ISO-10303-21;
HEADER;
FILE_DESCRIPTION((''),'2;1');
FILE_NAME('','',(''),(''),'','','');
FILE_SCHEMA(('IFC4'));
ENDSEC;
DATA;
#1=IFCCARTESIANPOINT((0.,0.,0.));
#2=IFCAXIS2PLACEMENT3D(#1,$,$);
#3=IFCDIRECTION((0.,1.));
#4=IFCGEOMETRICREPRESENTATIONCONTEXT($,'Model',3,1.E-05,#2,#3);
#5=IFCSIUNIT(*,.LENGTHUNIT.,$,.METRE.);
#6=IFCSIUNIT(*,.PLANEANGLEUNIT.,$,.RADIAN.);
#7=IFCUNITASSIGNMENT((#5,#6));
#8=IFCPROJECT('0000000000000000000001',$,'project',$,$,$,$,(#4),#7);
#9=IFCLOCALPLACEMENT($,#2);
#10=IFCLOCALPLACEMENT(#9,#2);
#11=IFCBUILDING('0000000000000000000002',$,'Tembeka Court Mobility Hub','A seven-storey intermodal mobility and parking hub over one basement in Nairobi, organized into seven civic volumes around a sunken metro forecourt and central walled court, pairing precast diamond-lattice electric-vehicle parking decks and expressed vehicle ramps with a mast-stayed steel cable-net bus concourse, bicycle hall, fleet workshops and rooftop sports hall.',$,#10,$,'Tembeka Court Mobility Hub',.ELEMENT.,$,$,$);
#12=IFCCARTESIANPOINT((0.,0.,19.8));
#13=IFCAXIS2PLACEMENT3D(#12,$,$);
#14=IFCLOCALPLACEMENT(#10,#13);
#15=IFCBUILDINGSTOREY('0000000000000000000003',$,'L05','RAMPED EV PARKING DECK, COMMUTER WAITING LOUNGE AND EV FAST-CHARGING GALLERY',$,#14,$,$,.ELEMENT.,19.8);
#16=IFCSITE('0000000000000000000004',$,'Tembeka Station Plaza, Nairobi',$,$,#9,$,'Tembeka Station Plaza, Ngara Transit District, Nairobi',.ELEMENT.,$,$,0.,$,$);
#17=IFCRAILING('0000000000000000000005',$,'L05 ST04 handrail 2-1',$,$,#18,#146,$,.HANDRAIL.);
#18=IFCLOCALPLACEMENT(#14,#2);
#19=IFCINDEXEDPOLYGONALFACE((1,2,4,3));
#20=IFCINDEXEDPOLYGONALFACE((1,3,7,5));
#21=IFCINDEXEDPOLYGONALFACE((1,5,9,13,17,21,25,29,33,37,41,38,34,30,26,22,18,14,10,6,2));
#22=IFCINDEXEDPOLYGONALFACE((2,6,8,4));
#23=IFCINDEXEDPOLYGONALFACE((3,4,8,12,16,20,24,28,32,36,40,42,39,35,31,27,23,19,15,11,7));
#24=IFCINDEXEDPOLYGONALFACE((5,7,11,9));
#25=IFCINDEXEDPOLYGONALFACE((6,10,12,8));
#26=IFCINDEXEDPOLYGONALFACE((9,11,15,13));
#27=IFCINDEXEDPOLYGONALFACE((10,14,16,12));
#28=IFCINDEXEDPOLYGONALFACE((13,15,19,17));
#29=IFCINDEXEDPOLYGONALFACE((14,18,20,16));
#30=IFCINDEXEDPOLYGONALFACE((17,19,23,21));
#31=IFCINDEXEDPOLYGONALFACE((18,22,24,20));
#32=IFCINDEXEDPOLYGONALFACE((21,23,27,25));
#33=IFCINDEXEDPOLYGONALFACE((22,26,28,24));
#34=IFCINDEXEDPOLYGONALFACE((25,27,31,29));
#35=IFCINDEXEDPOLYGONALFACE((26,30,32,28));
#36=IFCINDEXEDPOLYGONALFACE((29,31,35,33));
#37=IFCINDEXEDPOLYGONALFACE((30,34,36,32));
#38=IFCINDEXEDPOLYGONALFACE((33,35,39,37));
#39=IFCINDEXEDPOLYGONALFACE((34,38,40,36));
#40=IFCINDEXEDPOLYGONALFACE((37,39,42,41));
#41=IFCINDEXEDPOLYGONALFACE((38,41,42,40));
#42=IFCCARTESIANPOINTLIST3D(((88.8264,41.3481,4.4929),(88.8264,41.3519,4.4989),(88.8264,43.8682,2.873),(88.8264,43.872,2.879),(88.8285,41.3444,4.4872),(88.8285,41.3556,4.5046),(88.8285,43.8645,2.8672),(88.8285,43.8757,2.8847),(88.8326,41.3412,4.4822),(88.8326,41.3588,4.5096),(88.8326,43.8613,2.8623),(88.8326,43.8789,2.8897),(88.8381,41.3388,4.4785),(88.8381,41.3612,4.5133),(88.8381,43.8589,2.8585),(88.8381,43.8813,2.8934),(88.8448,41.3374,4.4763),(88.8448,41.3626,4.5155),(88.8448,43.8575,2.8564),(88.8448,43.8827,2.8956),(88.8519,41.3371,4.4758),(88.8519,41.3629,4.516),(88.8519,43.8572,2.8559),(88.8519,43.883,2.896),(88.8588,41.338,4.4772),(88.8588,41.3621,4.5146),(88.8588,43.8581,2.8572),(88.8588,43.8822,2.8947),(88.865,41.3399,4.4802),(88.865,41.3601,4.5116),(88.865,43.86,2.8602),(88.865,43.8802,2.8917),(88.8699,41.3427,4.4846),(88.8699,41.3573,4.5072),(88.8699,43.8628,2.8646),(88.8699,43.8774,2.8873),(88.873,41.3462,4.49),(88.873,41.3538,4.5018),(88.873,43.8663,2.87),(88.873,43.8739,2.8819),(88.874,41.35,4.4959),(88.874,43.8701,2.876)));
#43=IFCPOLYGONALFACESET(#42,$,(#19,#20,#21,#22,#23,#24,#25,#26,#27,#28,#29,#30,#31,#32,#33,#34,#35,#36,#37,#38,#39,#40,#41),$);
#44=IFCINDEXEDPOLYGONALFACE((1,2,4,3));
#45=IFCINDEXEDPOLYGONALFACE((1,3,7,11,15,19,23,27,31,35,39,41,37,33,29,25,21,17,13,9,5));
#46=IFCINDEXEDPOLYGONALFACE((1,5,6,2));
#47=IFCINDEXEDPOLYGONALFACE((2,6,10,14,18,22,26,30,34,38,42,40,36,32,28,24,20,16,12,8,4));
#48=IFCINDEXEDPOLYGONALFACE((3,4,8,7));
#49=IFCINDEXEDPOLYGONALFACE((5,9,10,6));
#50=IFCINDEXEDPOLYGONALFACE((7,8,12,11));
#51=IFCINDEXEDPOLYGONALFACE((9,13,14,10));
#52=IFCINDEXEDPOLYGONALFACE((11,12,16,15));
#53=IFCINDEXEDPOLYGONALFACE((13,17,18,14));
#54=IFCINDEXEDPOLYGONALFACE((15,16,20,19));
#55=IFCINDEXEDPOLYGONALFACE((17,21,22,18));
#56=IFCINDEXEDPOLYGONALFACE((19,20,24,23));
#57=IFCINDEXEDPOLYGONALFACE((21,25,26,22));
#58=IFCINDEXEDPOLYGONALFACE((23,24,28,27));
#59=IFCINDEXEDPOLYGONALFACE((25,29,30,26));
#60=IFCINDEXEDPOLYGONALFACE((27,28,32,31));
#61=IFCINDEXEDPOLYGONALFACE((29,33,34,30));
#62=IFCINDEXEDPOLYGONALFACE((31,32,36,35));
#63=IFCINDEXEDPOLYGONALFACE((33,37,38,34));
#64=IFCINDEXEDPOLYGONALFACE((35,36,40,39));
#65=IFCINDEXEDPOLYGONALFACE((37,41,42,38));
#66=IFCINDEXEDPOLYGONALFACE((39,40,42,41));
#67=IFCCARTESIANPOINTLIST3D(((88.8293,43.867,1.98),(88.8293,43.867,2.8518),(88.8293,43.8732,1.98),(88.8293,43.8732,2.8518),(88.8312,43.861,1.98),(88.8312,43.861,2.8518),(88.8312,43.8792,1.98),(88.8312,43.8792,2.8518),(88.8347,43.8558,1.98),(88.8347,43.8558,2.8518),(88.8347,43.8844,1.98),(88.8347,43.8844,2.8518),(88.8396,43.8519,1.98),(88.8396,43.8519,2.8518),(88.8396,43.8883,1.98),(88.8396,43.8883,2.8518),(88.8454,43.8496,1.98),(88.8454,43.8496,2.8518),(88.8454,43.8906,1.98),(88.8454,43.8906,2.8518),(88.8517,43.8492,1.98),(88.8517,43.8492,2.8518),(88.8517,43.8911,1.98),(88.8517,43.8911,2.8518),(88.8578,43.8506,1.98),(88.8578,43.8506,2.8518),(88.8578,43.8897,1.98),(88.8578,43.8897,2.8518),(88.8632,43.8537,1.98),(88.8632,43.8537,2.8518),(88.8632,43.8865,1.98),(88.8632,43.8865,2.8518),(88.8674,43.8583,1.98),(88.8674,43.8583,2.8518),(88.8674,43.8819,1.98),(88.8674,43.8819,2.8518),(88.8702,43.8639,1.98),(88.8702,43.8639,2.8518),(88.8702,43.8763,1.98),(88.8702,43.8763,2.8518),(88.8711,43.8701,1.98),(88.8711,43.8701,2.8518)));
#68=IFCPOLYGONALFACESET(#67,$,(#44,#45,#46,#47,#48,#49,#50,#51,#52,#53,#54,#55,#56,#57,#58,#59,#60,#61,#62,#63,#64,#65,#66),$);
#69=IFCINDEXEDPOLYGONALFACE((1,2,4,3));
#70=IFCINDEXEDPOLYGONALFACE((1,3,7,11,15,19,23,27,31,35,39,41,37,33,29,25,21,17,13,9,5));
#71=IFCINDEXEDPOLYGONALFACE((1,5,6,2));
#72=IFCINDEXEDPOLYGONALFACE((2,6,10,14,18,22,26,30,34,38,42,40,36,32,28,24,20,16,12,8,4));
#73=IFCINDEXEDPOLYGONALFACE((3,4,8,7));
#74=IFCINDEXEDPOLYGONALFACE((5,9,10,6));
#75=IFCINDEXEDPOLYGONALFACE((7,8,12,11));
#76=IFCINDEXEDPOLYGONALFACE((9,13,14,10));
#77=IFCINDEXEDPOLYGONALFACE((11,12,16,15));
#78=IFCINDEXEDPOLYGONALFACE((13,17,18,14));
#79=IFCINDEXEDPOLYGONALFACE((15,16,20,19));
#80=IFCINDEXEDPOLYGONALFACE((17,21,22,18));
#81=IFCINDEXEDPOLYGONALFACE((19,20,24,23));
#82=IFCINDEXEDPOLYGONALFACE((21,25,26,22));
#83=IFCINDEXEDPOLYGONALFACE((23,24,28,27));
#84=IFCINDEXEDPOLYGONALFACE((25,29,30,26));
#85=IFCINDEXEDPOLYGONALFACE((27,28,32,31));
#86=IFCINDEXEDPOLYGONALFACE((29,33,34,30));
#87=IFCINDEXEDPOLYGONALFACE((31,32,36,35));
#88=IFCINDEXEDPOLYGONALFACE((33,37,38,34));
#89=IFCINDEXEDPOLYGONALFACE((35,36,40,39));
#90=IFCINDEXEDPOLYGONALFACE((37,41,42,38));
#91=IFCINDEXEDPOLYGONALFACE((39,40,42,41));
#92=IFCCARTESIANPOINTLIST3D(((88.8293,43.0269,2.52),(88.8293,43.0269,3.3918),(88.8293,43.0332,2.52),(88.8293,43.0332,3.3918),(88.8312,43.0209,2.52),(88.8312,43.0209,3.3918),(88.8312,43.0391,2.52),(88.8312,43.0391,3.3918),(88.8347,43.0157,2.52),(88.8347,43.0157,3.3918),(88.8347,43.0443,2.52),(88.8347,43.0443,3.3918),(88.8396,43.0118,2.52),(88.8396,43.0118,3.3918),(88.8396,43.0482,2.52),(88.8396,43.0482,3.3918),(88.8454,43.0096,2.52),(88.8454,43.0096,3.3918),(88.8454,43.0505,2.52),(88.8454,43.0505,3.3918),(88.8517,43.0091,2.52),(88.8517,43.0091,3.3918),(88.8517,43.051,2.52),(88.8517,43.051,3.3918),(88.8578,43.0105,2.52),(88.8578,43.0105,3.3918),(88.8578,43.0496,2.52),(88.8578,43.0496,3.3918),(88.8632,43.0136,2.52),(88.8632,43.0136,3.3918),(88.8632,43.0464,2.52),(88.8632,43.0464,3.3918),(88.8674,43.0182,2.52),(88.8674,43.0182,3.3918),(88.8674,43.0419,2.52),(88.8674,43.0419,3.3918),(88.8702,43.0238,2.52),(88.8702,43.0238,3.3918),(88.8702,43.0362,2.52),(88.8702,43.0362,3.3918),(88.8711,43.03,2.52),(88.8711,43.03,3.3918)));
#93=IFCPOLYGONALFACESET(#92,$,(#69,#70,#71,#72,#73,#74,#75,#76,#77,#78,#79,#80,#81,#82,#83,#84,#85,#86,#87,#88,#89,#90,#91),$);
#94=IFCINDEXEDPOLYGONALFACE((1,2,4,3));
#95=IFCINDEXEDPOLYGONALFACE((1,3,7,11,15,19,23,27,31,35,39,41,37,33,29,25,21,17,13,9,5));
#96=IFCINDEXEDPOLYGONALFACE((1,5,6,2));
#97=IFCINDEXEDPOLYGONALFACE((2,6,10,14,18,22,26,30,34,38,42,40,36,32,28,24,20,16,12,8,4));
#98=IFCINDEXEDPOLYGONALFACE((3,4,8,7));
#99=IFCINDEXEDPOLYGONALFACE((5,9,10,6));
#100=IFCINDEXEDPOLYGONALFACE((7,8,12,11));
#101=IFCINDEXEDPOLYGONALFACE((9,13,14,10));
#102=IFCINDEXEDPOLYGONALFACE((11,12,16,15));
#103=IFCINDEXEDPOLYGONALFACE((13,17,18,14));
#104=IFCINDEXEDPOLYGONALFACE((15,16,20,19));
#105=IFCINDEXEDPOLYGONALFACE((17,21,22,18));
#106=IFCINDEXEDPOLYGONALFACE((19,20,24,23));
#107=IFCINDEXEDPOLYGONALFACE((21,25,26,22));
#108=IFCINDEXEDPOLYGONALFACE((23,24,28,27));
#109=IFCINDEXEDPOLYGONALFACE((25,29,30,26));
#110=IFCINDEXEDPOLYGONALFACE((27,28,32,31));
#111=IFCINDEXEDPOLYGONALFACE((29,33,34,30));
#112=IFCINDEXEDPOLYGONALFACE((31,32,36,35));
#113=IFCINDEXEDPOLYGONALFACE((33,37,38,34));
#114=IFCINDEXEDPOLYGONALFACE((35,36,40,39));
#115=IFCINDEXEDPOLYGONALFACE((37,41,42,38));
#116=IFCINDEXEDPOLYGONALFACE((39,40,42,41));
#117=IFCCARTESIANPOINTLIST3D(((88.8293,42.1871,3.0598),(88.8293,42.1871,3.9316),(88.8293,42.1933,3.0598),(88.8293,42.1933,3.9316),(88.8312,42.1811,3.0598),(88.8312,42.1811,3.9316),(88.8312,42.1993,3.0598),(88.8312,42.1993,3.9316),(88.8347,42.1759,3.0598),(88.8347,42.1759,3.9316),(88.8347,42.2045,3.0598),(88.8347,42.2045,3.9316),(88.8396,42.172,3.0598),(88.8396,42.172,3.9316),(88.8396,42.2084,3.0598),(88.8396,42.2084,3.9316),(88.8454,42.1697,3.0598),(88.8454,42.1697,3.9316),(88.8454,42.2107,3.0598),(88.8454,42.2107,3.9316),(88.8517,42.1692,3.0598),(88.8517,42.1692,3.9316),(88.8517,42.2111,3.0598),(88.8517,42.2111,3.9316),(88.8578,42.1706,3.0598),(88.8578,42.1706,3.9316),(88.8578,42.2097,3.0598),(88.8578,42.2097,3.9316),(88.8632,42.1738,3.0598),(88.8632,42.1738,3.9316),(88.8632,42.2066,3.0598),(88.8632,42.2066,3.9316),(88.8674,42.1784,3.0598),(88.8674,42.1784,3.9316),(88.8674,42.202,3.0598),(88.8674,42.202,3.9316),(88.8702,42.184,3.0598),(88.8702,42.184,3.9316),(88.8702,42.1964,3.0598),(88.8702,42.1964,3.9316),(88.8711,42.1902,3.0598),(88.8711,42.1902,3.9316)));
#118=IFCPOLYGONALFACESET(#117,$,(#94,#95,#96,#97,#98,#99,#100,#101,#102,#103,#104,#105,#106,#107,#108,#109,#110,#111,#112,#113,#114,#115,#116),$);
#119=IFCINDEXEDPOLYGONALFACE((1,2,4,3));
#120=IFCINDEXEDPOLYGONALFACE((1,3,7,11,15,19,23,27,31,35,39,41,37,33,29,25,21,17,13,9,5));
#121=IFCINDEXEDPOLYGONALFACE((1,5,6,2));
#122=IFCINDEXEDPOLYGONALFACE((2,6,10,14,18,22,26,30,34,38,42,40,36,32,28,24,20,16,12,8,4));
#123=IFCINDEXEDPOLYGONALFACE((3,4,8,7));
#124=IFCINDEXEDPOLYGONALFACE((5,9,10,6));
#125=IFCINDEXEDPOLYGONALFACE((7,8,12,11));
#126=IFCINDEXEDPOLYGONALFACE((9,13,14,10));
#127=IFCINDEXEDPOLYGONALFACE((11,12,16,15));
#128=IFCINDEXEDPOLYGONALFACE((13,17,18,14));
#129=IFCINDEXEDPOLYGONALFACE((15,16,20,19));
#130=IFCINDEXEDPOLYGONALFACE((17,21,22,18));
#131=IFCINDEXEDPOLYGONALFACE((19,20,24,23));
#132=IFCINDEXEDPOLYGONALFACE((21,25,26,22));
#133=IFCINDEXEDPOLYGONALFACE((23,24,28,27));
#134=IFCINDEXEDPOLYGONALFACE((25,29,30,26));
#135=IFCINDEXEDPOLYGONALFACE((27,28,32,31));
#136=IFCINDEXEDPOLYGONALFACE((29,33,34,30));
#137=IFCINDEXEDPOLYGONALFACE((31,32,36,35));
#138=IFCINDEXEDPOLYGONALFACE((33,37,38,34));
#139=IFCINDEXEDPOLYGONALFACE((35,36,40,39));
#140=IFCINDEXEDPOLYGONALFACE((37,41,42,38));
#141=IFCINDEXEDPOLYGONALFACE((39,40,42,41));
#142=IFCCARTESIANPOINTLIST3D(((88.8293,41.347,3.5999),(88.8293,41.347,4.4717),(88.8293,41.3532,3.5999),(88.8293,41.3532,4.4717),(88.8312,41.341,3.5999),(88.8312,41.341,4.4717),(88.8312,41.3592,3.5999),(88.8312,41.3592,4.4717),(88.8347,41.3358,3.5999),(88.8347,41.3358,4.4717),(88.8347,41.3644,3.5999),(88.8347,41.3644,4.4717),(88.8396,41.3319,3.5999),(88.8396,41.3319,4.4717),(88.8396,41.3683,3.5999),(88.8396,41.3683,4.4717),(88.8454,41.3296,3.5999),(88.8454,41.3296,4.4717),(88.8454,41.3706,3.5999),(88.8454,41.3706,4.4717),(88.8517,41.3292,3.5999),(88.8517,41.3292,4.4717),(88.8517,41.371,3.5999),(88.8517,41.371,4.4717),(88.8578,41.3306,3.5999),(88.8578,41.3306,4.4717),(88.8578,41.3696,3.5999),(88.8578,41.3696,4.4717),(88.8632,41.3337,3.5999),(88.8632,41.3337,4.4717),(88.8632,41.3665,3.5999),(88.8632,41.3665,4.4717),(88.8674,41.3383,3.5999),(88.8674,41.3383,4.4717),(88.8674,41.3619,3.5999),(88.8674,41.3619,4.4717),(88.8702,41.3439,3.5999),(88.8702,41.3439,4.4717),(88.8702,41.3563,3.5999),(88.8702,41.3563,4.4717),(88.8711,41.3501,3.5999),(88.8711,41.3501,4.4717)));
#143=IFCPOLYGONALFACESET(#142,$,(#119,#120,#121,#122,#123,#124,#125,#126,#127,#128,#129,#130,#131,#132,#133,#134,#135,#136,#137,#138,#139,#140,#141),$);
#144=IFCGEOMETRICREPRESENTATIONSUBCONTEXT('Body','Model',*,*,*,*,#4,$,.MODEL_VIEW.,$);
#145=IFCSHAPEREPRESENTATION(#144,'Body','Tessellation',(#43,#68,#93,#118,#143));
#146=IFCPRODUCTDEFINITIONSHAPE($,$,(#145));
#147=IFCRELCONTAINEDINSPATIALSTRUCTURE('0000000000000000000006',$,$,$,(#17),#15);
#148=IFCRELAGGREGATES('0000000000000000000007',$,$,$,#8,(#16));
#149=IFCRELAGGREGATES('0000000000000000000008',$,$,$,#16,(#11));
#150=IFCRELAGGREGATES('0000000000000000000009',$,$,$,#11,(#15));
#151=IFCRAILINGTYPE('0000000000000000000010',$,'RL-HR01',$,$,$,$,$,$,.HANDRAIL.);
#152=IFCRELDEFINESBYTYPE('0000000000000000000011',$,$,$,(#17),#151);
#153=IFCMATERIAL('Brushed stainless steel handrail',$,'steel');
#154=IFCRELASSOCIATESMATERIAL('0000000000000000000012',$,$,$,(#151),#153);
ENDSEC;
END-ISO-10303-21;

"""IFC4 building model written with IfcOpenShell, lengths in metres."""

from ifc_helpers import new_model, si_unit, direction, frame, origin, origin_2d, place, context, subcontext, project, spatial, circle, extrude, material, type_object, element, save


model = new_model("IFC4")

# Units and contexts
model_context = context("Model", 3, precision=1e-05, world=origin(), true_north=direction((0.0, 1.0)))
body_context = subcontext(model_context, "Body", "Model", "MODEL_VIEW")
ifc_project = project(units=[si_unit("LENGTHUNIT", "METRE"), si_unit("PLANEANGLEUNIT", "RADIAN")], contexts=[model_context])

# Site, building, storey
site_placement = place(None, origin())
site = spatial("IfcSite", under=ifc_project, at=site_placement, Name="Tembeka Station Plaza, Nairobi", LongName="Tembeka Station Plaza, Ngara Transit District, Nairobi", CompositionType="ELEMENT", RefElevation=0.0)
building_placement = place(site_placement, origin())
building = spatial("IfcBuilding", under=site, at=building_placement, Name="Tembeka Court Mobility Hub", Description="A seven-storey intermodal mobility and parking hub over one basement in Nairobi, organized into seven civic volumes around a sunken metro forecourt and central walled court, pairing precast diamond-lattice electric-vehicle parking decks and expressed vehicle ramps with a mast-stayed steel cable-net bus concourse, bicycle hall, fleet workshops and rooftop sports hall.", LongName="Tembeka Court Mobility Hub", CompositionType="ELEMENT")
storey_placement = place(building_placement, frame((0.0, 0.0, 19.8)))
storey = spatial("IfcBuildingStorey", under=building, at=storey_placement, Name="L05", Description="RAMPED EV PARKING DECK, COMMUTER WAITING LOUNGE AND EV FAST-CHARGING GALLERY", CompositionType="ELEMENT", Elevation=19.8)

# Railing
ifc_material_1 = material(Name="Brushed stainless steel handrail", Category="steel")
railing_type_1 = type_object("IfcRailingType", Name="RL-HR01", PredefinedType="HANDRAIL", material=ifc_material_1)
railing_1_placement = place(storey_placement, frame((88.8501, 43.8701, 1.98)))
element("IfcRailing", 1, at=railing_1_placement, inside=storey, type_object=railing_type_1, Name="L05 ST04 handrail 2-1", PredefinedType="HANDRAIL", context=body_context, shape_type="SweptSolid", body=[
    extrude(circle(Radius=0.0239, at=origin_2d()), frame((0.0, 0.0, 0.896), z_axis=(0.0, -0.8412, 0.540725), x_axis=(1.0, 0.0, 0.0)), (0.0, 0.0, 1.0), 2.9958),
    extrude(circle(Radius=0.021, at=origin_2d()), origin(), (0.0, 0.0, 1.0), 0.8718),
    extrude(circle(Radius=0.021, at=origin_2d()), frame((0.0, -0.8401, 0.54)), (0.0, 0.0, 1.0), 0.8718),
    extrude(circle(Radius=0.021, at=origin_2d()), frame((0.0, -1.6799, 1.0798)), (0.0, 0.0, 1.0), 0.8718),
    extrude(circle(Radius=0.021, at=origin_2d()), frame((0.0, -2.52, 1.6199)), (0.0, 0.0, 1.0), 0.8718),
])

save(model, "model.ifc")
